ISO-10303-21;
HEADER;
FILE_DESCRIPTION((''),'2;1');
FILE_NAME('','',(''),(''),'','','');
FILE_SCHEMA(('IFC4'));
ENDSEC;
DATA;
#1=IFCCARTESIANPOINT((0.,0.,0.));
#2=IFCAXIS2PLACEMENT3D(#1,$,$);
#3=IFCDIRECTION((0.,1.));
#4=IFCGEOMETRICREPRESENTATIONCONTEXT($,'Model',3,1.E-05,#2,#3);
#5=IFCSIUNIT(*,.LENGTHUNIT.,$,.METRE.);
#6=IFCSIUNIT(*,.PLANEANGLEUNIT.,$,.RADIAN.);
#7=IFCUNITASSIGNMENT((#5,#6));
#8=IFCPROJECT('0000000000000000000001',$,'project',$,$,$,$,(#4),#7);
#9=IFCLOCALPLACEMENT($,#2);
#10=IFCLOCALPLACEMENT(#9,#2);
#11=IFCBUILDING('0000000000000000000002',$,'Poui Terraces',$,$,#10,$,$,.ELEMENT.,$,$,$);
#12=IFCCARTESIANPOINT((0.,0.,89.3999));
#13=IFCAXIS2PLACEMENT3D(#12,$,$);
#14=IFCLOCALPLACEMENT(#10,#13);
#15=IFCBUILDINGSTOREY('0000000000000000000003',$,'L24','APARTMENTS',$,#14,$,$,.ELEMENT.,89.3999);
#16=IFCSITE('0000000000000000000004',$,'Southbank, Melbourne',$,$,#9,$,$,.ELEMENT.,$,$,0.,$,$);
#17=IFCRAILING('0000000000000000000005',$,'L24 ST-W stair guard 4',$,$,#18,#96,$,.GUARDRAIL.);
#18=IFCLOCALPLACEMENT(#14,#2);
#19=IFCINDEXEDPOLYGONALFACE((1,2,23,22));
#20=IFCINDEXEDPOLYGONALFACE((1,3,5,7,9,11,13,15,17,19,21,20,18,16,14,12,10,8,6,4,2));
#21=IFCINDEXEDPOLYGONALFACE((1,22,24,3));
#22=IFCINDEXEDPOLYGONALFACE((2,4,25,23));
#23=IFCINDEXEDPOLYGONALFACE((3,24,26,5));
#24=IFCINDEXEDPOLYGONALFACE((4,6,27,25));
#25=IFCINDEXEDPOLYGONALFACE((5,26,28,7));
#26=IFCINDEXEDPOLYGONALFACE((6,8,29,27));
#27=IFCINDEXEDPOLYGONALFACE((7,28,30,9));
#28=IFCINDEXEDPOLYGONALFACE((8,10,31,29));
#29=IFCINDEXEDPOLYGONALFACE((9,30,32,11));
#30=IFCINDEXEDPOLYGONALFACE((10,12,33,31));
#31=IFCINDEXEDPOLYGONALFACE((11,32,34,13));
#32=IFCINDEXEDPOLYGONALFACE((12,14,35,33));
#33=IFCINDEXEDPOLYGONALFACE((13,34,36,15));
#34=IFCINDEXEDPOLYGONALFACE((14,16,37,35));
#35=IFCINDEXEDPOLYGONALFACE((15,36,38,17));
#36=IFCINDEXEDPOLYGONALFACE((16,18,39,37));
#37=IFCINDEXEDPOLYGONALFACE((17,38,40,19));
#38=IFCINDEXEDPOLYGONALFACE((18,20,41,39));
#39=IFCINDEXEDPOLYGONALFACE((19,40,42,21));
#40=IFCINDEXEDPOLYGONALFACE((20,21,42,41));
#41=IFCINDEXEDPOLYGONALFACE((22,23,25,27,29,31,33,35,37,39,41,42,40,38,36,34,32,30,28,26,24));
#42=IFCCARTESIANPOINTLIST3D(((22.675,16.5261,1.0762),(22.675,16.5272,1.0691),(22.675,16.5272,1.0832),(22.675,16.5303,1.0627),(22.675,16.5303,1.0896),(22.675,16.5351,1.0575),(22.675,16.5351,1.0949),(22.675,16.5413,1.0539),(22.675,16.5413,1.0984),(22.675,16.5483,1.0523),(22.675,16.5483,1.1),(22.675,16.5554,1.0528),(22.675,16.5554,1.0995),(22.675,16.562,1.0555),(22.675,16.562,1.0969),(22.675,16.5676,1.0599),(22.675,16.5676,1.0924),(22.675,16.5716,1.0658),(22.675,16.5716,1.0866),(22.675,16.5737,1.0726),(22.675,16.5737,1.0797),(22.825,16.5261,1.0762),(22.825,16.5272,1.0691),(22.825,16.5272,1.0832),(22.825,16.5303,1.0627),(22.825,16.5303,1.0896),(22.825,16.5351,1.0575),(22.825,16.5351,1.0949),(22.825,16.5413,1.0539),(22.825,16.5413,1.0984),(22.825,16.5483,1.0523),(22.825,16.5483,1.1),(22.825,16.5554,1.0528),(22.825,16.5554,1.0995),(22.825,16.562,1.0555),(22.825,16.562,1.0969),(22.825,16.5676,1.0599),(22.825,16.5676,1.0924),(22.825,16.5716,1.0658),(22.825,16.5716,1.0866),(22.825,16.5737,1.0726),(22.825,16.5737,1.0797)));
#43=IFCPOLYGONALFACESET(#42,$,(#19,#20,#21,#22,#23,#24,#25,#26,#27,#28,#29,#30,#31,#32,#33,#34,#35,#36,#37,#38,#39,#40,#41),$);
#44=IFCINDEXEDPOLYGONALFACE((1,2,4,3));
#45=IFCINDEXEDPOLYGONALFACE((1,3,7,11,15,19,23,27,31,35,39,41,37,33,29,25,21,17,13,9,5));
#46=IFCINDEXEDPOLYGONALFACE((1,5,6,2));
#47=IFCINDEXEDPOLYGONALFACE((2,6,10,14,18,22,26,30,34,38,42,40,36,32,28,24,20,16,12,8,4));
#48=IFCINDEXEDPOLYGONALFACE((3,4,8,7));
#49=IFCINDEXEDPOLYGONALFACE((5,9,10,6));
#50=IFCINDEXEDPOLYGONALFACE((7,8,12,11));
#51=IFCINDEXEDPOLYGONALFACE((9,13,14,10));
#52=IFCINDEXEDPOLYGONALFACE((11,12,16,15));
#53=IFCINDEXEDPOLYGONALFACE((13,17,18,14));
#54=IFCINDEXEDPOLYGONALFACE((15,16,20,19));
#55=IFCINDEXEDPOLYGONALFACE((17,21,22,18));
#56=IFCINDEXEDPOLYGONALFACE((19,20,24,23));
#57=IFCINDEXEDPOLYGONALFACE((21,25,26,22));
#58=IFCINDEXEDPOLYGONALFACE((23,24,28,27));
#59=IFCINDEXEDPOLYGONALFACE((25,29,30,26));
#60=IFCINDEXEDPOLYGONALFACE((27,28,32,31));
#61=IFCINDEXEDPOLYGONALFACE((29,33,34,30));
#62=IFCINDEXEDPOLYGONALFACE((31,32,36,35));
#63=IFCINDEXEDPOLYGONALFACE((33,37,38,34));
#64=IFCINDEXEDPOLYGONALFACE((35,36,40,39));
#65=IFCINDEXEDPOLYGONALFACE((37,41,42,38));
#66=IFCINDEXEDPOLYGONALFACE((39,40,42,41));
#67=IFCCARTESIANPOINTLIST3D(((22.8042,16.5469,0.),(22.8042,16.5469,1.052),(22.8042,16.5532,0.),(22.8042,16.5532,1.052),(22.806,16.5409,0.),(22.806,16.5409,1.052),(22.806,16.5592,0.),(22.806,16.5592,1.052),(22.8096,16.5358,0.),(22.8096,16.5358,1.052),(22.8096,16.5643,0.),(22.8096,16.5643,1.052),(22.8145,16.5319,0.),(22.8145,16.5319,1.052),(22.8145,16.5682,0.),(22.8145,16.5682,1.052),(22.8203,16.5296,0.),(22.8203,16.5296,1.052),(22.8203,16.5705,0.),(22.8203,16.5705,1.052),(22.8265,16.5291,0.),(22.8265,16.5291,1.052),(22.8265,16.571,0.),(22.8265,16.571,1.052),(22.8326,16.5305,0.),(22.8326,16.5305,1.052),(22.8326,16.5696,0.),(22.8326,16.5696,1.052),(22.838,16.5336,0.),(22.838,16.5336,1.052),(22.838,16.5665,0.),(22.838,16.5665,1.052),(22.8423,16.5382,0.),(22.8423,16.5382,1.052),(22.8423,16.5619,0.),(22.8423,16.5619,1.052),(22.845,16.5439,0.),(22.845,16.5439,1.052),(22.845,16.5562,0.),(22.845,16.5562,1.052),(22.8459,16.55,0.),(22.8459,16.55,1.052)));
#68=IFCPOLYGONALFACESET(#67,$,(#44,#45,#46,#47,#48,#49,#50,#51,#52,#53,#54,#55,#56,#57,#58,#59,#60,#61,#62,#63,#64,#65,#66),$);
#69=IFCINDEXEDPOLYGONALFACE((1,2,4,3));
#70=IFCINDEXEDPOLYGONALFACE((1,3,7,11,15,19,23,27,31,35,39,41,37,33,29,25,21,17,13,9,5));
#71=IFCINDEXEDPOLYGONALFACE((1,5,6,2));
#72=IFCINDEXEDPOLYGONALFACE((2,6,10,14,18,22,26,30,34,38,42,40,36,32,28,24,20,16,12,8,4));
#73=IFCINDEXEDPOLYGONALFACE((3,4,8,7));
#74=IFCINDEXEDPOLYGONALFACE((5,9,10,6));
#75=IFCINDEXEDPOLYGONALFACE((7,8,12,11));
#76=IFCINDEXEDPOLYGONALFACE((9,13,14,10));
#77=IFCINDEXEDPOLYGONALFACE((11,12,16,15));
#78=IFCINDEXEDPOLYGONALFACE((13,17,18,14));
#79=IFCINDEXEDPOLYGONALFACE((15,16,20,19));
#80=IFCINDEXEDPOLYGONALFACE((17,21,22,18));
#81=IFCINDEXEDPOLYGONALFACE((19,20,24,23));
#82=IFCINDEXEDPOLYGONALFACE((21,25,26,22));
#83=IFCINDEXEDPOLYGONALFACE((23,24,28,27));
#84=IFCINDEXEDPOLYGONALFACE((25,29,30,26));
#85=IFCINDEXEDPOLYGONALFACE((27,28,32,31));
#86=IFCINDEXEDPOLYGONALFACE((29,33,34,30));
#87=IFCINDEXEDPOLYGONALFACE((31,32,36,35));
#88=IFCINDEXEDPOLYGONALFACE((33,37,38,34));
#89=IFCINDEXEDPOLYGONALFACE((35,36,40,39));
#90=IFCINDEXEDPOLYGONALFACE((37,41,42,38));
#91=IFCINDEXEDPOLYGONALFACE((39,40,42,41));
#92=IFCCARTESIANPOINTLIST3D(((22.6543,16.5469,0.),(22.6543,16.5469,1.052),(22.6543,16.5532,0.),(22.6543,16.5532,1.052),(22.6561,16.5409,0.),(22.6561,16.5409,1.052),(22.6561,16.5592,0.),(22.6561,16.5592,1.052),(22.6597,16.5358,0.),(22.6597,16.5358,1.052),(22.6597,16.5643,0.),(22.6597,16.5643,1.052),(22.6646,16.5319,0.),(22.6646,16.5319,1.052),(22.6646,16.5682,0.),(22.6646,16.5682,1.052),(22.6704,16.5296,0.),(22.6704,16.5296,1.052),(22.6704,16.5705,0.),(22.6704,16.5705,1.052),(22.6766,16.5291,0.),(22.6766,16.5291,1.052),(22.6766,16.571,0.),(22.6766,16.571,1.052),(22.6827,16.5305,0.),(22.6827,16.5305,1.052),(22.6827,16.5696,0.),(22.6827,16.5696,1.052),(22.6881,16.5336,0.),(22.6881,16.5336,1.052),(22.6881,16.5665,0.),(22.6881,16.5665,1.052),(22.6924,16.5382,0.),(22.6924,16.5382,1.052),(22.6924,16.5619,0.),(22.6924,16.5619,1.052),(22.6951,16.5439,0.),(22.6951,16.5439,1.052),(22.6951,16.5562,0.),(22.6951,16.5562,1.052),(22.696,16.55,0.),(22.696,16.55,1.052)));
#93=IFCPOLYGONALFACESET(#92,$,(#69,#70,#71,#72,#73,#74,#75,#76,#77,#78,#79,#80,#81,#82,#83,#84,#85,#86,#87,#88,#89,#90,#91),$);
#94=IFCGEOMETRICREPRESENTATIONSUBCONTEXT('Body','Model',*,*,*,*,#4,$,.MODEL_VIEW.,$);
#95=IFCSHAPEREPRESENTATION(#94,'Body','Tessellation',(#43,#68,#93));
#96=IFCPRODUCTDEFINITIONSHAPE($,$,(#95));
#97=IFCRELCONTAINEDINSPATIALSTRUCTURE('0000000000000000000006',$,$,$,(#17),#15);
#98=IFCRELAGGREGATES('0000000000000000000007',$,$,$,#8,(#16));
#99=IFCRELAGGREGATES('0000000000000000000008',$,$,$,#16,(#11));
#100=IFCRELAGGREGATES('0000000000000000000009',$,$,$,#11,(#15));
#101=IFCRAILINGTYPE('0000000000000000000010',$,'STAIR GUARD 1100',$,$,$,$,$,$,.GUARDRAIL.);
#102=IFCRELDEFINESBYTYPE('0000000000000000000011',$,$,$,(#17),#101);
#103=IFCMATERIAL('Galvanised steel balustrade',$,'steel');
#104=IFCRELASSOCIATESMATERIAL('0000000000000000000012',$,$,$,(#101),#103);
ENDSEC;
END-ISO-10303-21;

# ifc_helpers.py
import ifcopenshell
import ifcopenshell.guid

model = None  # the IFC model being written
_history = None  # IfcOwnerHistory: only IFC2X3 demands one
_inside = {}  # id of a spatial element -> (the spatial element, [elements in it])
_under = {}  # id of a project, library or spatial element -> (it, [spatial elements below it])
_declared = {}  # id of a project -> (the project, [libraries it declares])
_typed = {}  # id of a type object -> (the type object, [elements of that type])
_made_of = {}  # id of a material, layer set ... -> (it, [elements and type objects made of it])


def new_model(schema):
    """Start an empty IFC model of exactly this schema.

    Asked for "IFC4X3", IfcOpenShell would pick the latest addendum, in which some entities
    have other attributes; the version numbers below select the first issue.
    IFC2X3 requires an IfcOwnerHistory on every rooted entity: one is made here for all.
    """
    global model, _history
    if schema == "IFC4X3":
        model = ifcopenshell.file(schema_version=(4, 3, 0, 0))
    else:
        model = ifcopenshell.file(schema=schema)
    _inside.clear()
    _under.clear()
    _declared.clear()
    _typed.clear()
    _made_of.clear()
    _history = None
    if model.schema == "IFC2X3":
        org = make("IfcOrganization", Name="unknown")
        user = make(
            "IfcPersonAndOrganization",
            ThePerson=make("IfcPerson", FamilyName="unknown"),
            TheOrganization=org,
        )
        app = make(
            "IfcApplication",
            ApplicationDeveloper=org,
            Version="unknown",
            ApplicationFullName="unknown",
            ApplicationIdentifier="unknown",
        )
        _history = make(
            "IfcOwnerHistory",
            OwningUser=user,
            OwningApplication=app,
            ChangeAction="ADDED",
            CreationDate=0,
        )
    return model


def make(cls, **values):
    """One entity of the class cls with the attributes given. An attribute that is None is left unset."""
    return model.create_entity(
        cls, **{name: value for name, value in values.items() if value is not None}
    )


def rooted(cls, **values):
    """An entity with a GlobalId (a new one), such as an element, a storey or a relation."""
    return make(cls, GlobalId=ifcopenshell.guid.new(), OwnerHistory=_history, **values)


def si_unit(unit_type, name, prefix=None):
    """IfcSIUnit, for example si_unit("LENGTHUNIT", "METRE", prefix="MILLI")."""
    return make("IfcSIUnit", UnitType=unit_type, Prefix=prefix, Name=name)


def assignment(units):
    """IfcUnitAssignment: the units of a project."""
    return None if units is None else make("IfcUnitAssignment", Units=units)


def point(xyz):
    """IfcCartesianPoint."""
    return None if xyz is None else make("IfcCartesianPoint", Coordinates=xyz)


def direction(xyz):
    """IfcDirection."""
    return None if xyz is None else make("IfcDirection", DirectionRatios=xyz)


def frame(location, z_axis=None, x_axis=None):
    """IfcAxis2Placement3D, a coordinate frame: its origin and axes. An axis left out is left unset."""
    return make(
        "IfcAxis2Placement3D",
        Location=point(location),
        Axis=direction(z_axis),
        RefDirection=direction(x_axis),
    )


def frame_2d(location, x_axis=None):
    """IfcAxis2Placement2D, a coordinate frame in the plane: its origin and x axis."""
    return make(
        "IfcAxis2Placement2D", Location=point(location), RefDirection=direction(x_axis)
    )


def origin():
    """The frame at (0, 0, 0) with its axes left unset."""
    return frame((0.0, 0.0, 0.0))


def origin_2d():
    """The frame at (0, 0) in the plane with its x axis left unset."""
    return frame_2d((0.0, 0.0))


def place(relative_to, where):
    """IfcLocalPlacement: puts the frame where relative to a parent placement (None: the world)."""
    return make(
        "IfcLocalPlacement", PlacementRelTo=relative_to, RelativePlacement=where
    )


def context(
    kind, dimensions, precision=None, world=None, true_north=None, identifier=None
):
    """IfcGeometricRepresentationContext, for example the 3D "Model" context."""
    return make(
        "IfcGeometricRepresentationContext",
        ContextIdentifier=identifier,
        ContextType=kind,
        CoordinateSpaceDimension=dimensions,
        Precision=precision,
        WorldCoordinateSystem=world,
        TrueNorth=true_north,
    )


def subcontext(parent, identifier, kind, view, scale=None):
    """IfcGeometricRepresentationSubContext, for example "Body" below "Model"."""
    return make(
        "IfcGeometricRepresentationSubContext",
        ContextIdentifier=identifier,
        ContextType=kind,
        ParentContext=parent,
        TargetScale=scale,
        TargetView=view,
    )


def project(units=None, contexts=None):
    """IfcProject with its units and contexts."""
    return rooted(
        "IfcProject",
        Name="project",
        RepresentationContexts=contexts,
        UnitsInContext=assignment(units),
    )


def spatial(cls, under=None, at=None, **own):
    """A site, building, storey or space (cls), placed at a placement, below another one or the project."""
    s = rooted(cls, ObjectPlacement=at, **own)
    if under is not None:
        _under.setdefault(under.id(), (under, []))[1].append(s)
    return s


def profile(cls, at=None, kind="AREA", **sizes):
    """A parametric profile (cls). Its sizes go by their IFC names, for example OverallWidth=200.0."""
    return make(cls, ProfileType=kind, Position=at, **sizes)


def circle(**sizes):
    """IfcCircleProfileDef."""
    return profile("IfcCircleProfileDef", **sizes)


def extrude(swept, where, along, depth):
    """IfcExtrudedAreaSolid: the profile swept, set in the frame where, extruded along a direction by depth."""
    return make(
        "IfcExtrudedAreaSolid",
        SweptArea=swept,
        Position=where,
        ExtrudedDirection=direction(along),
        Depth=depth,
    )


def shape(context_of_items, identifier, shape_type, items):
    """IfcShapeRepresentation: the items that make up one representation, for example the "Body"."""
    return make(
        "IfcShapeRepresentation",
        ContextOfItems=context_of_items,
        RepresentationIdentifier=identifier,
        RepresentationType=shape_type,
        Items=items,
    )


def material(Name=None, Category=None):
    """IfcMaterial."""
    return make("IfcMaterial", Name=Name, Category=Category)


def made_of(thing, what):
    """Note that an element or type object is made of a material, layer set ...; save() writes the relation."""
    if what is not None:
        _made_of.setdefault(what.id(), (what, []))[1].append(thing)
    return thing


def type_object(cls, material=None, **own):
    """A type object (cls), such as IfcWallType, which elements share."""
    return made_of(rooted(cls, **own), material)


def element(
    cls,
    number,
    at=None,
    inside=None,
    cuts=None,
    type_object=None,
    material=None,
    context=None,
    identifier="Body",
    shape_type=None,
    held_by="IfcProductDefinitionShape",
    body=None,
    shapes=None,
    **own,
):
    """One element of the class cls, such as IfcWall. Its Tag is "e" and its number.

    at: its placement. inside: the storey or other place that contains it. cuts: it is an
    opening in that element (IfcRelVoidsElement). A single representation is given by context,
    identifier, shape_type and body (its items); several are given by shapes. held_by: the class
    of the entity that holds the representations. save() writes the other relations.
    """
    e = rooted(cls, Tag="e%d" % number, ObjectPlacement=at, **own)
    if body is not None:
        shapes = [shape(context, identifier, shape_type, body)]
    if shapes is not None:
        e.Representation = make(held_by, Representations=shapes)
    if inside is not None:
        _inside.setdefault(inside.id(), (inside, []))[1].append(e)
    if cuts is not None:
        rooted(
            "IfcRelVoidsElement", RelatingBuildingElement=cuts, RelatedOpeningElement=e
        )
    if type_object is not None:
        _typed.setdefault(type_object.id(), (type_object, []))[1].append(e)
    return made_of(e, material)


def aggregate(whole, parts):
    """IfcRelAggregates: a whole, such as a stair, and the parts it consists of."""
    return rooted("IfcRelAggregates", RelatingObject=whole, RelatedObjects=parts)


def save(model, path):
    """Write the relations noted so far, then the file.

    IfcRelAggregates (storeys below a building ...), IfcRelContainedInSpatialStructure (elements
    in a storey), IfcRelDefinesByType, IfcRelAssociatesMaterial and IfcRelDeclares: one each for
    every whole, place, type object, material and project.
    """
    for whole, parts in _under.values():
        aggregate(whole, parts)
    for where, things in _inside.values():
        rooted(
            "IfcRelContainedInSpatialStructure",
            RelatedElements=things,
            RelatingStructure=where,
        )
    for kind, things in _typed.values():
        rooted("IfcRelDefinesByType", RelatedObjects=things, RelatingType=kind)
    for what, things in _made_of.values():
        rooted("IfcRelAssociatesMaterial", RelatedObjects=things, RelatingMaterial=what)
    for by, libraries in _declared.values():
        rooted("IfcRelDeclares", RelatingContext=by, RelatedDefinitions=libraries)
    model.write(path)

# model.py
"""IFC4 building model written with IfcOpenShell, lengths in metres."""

from ifc_helpers import new_model, si_unit, direction, frame, origin, origin_2d, place, context, subcontext, project, spatial, circle, extrude, material, type_object, element, save


model = new_model("IFC4")

# Units and contexts
model_context = context("Model", 3, precision=1e-05, world=origin(), true_north=direction((0.0, 1.0)))
body_context = subcontext(model_context, "Body", "Model", "MODEL_VIEW")
ifc_project = project(units=[si_unit("LENGTHUNIT", "METRE"), si_unit("PLANEANGLEUNIT", "RADIAN")], contexts=[model_context])

# Site, building, storey
site_placement = place(None, origin())
site = spatial("IfcSite", under=ifc_project, at=site_placement, Name="Southbank, Melbourne", CompositionType="ELEMENT", RefElevation=0.0)
building_placement = place(site_placement, origin())
building = spatial("IfcBuilding", under=site, at=building_placement, Name="Poui Terraces", CompositionType="ELEMENT")
storey_placement = place(building_placement, frame((0.0, 0.0, 89.3999)))
storey = spatial("IfcBuildingStorey", under=building, at=storey_placement, Name="L24", Description="APARTMENTS", CompositionType="ELEMENT", Elevation=89.3999)

# Railing
ifc_material_1 = material(Name="Galvanised steel balustrade", Category="steel")
railing_type_1 = type_object("IfcRailingType", Name="STAIR GUARD 1100", PredefinedType="GUARDRAIL", material=ifc_material_1)
railing_1_placement = place(storey_placement, frame((22.825, 16.55, 0.0)))
element("IfcRailing", 1, at=railing_1_placement, inside=storey, type_object=railing_type_1, Name="L24 ST-W stair guard 4", PredefinedType="GUARDRAIL", context=body_context, shape_type="SweptSolid", body=[
    extrude(circle(Radius=0.0239, at=origin_2d()), frame((0.0, 0.0, 1.0762), z_axis=(-1.0, 0.0, 0.0), x_axis=(0.0, -1.0, 0.0)), (0.0, 0.0, 1.0), 0.1499),
    extrude(circle(Radius=0.021, at=origin_2d()), origin(), (0.0, 0.0, 1.0), 1.052),
    extrude(circle(Radius=0.021, at=origin_2d()), frame((-0.1499, 0.0, 0.0)), (0.0, 0.0, 1.0), 1.052),
])

save(model, "model.ifc")
